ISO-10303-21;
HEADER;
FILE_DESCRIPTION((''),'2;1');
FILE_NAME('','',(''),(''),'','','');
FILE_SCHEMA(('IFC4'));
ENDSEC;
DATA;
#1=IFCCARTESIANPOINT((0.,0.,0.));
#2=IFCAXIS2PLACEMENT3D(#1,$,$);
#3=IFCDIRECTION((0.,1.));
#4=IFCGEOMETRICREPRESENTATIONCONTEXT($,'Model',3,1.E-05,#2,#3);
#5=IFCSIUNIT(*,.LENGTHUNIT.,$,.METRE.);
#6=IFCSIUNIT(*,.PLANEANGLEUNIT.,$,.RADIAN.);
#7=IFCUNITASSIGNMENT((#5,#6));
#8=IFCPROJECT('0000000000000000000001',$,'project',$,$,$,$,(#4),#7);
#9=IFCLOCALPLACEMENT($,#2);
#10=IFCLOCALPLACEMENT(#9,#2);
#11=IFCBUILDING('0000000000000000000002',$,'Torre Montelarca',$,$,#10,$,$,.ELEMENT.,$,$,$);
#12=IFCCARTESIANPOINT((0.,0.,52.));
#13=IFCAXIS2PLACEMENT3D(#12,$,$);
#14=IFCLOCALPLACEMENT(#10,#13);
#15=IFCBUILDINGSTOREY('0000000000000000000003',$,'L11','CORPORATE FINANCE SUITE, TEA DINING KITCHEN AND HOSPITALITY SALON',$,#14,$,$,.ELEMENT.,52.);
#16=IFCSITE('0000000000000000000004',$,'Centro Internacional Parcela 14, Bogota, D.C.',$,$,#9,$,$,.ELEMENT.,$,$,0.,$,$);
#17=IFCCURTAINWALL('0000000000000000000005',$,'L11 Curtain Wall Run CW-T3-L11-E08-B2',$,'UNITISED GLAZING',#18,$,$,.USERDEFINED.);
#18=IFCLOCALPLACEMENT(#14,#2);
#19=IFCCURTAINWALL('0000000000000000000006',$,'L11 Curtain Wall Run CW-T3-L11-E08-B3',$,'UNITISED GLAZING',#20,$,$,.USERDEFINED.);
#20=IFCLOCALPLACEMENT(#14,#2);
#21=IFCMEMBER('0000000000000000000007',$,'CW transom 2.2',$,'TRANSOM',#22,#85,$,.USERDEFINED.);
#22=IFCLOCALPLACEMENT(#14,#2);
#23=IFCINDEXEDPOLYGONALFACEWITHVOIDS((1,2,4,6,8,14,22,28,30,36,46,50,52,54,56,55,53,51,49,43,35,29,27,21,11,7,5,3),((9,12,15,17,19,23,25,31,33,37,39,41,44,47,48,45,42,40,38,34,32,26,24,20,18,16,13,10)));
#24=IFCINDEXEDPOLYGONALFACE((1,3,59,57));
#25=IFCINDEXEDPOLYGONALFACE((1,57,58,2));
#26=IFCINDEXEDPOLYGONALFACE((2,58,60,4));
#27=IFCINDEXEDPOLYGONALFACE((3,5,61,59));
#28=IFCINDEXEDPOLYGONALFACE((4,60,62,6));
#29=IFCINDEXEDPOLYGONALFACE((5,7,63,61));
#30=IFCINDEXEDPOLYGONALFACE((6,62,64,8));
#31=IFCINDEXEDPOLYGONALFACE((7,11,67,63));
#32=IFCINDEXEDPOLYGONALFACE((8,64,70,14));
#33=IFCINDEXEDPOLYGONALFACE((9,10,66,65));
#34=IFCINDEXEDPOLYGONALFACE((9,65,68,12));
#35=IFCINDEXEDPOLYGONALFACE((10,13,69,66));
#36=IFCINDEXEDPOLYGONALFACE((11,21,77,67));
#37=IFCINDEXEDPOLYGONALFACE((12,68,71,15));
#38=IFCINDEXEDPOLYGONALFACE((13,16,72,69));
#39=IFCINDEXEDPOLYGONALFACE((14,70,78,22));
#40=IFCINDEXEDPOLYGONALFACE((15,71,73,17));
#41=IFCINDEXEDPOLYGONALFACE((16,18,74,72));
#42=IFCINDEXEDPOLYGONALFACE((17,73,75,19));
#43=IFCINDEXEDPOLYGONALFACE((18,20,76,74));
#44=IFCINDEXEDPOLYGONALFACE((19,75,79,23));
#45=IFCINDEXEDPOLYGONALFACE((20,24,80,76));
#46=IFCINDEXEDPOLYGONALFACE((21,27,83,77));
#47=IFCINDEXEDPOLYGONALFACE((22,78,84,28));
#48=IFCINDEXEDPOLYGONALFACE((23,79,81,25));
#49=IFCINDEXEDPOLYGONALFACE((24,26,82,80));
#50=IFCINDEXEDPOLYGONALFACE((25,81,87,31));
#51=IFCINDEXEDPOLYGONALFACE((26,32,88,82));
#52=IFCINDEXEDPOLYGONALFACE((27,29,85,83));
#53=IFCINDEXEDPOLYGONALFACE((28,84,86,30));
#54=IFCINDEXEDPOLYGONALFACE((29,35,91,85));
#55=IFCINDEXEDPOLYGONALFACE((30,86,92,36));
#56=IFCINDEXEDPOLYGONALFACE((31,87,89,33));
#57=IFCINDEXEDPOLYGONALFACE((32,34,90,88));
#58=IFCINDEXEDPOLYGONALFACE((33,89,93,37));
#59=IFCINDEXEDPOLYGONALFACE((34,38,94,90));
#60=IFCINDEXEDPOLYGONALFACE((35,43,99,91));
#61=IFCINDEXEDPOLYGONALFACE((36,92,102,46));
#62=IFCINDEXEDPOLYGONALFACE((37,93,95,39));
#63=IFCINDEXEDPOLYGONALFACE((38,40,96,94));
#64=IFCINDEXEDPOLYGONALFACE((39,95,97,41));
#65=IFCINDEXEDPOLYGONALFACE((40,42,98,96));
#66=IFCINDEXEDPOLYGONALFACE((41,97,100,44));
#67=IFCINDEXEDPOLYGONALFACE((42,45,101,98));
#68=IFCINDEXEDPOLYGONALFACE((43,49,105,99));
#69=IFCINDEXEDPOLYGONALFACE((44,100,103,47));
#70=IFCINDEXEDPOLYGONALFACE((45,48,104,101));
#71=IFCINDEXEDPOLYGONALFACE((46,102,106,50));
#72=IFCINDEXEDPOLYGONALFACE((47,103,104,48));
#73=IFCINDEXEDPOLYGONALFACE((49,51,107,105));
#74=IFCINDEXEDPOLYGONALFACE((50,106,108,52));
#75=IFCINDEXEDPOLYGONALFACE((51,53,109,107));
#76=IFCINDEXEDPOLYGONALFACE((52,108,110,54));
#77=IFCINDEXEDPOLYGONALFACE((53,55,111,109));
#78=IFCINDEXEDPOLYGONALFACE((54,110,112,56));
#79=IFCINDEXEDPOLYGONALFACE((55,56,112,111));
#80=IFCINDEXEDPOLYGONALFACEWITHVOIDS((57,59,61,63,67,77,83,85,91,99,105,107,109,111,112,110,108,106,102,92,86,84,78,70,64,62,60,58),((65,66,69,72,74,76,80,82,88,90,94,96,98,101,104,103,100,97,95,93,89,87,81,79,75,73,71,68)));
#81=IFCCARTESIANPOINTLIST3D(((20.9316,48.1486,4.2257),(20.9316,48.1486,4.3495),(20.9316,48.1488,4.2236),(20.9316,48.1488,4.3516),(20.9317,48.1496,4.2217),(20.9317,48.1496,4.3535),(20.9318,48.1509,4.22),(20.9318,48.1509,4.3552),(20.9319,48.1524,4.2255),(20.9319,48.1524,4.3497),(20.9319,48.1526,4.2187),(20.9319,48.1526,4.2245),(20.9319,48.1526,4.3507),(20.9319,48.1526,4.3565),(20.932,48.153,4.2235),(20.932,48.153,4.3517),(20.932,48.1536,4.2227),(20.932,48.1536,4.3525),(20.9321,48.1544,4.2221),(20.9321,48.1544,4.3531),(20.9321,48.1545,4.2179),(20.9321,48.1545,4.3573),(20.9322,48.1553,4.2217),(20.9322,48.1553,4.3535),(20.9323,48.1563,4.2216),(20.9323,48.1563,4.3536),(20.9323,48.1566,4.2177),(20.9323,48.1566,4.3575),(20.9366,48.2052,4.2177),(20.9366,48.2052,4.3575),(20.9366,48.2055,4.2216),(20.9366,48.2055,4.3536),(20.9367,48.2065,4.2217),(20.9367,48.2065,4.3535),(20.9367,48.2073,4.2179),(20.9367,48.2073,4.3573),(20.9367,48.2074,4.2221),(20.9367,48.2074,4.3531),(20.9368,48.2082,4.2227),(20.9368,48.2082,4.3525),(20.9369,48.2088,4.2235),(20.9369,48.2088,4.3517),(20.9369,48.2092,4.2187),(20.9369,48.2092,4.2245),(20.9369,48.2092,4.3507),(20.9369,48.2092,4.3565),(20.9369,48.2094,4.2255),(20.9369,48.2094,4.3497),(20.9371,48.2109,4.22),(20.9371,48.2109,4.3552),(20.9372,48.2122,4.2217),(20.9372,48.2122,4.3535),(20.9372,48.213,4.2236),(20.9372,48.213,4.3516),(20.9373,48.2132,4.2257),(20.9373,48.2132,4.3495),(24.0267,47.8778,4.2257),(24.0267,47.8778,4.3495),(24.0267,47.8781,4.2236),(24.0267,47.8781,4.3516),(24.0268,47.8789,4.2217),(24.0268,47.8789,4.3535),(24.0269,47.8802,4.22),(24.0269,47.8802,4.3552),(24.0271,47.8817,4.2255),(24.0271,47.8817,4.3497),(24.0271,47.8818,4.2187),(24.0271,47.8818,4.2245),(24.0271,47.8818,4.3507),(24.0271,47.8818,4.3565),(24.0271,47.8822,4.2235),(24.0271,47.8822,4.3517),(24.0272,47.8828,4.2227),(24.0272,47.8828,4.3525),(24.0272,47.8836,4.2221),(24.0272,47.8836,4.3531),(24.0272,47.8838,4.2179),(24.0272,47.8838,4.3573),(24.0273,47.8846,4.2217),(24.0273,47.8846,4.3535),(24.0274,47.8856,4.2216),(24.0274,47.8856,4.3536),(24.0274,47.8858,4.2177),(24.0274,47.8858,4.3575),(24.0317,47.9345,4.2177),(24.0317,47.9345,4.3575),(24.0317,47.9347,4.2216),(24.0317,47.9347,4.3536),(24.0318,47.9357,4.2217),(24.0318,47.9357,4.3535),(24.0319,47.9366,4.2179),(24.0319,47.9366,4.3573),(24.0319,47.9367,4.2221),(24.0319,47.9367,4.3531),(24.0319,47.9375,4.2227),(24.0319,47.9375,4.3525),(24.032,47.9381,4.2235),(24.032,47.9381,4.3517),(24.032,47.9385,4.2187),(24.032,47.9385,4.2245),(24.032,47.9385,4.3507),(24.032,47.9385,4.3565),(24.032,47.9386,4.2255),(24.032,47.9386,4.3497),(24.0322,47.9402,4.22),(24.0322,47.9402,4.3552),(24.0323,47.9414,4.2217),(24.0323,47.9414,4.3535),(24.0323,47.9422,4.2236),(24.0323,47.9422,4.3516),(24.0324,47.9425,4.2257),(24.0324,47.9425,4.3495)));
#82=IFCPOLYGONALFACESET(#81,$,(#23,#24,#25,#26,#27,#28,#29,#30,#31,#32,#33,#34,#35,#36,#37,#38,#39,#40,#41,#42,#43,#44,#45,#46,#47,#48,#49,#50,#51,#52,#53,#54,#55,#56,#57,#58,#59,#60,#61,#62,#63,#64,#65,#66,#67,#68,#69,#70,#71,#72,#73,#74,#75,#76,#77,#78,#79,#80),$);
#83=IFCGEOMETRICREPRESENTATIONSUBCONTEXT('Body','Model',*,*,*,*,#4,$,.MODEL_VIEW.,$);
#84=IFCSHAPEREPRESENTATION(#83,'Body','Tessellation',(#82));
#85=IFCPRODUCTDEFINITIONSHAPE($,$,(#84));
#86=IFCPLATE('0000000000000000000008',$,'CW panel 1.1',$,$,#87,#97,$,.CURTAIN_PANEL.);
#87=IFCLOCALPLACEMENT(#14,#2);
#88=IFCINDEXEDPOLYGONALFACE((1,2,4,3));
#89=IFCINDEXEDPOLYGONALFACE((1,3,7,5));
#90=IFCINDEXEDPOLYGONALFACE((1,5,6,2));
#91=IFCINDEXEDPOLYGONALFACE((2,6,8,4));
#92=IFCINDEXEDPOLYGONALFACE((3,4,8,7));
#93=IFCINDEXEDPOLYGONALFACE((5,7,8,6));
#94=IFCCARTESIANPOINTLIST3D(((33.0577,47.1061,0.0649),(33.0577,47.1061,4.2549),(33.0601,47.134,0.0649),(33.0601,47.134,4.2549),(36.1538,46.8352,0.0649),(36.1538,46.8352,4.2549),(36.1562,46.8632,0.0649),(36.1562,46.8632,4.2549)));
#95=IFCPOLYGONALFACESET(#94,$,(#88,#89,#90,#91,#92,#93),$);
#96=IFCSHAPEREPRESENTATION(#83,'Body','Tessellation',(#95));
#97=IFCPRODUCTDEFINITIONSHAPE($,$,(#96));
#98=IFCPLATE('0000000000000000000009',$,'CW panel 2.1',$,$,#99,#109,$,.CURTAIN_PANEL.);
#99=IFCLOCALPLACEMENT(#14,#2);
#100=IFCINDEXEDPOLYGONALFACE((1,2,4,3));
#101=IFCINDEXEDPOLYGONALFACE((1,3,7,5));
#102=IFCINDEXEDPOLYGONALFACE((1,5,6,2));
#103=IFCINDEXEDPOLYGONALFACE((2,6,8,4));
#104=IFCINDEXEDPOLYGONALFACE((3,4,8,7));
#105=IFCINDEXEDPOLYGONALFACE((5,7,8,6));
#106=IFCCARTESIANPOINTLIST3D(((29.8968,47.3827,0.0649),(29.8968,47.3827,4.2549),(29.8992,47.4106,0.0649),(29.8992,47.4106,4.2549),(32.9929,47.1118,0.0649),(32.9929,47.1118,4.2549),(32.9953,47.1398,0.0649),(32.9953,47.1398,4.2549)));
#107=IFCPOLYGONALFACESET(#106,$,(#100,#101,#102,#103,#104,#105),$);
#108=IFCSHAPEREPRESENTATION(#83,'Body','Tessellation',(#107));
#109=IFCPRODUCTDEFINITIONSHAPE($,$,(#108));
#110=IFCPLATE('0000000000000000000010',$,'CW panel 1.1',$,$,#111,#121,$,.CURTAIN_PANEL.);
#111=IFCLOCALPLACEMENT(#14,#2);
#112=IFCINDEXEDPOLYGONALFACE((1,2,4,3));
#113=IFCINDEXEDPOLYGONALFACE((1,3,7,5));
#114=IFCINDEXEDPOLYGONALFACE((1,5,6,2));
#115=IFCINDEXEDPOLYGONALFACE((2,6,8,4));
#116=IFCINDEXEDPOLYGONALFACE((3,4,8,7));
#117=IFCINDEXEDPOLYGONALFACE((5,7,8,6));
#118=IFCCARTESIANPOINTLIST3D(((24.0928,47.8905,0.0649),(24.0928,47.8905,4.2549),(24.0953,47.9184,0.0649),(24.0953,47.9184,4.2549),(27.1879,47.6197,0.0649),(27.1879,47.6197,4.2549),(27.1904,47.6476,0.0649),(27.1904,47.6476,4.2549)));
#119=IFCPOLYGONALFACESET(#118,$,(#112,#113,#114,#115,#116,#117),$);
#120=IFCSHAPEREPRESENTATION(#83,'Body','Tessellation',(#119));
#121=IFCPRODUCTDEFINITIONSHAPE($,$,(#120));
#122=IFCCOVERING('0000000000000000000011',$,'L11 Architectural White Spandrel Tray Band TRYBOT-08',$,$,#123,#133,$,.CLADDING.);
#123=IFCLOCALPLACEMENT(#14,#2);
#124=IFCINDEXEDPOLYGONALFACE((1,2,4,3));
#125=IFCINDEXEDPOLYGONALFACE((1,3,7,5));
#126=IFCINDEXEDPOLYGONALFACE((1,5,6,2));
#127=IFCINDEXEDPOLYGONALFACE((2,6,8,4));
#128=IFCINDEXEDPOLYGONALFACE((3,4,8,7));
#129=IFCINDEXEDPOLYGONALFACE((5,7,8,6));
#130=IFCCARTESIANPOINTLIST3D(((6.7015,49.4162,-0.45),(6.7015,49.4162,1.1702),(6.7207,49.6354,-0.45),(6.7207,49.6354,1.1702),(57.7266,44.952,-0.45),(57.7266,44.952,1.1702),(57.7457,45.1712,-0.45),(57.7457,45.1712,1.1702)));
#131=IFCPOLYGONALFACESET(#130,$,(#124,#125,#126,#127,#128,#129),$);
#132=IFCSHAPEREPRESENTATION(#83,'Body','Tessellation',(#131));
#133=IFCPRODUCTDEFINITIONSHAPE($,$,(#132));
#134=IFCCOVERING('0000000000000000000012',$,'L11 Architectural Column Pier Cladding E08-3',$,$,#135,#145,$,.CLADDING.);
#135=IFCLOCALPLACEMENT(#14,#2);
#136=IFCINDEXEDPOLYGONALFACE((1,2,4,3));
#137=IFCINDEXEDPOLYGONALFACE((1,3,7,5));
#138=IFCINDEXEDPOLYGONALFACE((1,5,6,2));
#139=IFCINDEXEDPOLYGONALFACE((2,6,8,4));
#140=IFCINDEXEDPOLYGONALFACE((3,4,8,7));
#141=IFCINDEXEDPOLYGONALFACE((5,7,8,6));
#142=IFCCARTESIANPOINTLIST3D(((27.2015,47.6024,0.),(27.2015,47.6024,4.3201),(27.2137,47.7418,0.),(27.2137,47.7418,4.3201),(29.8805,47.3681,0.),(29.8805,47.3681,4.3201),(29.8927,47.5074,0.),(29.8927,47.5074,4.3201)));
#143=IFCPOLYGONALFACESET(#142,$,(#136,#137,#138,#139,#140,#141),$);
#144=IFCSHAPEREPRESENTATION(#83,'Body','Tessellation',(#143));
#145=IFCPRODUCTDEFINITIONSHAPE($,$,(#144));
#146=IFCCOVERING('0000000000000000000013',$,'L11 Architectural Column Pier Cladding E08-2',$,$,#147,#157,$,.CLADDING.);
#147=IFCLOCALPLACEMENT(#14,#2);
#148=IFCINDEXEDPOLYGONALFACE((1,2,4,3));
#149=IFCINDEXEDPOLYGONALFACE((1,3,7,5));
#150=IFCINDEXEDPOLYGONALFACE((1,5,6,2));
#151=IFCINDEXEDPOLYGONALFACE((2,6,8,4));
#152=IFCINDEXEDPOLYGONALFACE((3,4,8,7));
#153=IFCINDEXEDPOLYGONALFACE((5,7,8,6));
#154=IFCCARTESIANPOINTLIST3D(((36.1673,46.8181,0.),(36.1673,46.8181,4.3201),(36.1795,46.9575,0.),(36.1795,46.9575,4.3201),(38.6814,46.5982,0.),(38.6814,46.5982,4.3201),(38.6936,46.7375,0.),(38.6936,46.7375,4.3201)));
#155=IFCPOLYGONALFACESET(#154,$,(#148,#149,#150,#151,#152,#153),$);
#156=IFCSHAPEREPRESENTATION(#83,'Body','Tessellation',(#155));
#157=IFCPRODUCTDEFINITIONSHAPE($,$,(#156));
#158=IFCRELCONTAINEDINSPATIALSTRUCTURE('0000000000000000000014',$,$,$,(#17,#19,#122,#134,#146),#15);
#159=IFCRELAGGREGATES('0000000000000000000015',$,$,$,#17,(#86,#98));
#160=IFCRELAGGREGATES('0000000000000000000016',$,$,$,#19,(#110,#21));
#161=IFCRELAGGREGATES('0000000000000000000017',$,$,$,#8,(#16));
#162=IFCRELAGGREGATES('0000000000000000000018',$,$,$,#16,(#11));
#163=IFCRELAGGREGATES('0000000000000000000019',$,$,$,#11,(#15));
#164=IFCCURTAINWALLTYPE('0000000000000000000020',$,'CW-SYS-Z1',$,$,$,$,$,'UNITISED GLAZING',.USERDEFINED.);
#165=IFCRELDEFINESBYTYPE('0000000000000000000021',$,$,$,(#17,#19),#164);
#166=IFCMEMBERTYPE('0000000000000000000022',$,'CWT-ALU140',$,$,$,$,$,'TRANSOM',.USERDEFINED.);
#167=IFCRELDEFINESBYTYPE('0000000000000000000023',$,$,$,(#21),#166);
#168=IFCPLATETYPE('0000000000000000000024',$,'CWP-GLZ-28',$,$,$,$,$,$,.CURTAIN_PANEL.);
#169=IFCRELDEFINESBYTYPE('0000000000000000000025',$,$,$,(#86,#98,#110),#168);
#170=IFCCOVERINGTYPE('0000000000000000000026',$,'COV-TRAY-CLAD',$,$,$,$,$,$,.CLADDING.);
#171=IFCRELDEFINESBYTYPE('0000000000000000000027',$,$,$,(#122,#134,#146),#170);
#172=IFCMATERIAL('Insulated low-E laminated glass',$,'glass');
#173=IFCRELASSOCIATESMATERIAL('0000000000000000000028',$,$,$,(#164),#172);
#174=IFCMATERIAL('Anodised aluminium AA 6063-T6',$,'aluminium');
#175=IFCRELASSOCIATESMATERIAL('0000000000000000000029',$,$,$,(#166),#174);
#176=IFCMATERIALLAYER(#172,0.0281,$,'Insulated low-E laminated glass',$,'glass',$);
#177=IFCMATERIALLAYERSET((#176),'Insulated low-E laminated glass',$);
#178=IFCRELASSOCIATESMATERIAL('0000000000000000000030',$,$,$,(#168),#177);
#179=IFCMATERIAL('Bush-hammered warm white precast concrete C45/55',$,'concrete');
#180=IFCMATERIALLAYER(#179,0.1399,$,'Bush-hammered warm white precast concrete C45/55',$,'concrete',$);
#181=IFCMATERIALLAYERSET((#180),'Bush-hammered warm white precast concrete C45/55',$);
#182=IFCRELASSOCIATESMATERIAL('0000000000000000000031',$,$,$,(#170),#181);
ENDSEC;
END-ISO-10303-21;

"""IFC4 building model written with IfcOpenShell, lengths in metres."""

from ifc_helpers import new_model, si_unit, direction, frame, origin, origin_2d, place, context, subcontext, project, spatial, rectangle, hollow_rectangle, extrude, source, transform, mapped, material, layer, layer_set, material_profile, profile_set, type_object, element, aggregate, save


model = new_model("IFC4")

# Units and contexts
model_context = context("Model", 3, precision=1e-05, world=origin(), true_north=direction((0.0, 1.0)))
body_context = subcontext(model_context, "Body", "Model", "MODEL_VIEW")
ifc_project = project(units=[si_unit("LENGTHUNIT", "METRE"), si_unit("PLANEANGLEUNIT", "RADIAN")], contexts=[model_context])

# Site, building, storey
site_placement = place(None, origin())
site = spatial("IfcSite", under=ifc_project, at=site_placement, Name="Centro Internacional Parcela 14, Bogota, D.C.", CompositionType="ELEMENT", RefElevation=0.0)
building_placement = place(site_placement, origin())
building = spatial("IfcBuilding", under=site, at=building_placement, Name="Torre Montelarca", CompositionType="ELEMENT")
storey_placement = place(building_placement, frame((0.0, 0.0, 52.0)))
storey = spatial("IfcBuildingStorey", under=building, at=storey_placement, Name="L11", Description="CORPORATE FINANCE SUITE, TEA DINING KITCHEN AND HOSPITALITY SALON", CompositionType="ELEMENT", Elevation=52.0)

# Curtain walls
ifc_material_1 = material(Name="Insulated low-E laminated glass", Category="glass")
curtain_wall_type = type_object("IfcCurtainWallType", Name="CW-SYS-Z1", ElementType="UNITISED GLAZING", PredefinedType="USERDEFINED", material=ifc_material_1)
curtain_wall_1_placement = place(storey_placement, origin())
curtain_wall_1 = element("IfcCurtainWall", 1, at=curtain_wall_1_placement, inside=storey, type_object=curtain_wall_type, Name="L11 Curtain Wall Run CW-T3-L11-E08-B2", ObjectType="UNITISED GLAZING", PredefinedType="USERDEFINED")
ifc_material_2 = material(Name="Anodised aluminium AA 6063-T6", Category="aluminium")
curtain_wall_2_placement = place(storey_placement, origin())
curtain_wall_2 = element("IfcCurtainWall", 2, at=curtain_wall_2_placement, inside=storey, type_object=curtain_wall_type, Name="L11 Curtain Wall Run CW-T3-L11-E08-B3", ObjectType="UNITISED GLAZING", PredefinedType="USERDEFINED")

# Member
ifc_material_profile_1 = material_profile(ifc_material_2, hollow_rectangle(XDim=0.0649, YDim=0.1399, WallThickness=0.0039, InnerFilletRadius=0.0039, OuterFilletRadius=0.0081, at=origin_2d()), Name="ALU65X140X4", Category="aluminium")
ifc_profile_set_1 = profile_set([ifc_material_profile_1], Name="Anodised aluminium AA 6063-T6")
member_type_1 = type_object("IfcMemberType", Name="CWT-ALU140", ElementType="TRANSOM", PredefinedType="USERDEFINED", material=ifc_profile_set_1)
shared_shape_1 = source(origin(), body_context, "Body", "SweptSolid", [
    extrude(hollow_rectangle(XDim=0.0649, YDim=0.1399, WallThickness=0.0039, InnerFilletRadius=0.0039, OuterFilletRadius=0.0081, at=origin_2d()), origin(), (0.0, 0.0, 1.0), 3.1069),
])
member_1_placement = place(storey_placement, frame((24.0295, 47.9102, 4.2876), z_axis=(-0.996196, 0.087142, 0.0), x_axis=(-0.087142, -0.996196, 0.0)))
member_1 = element("IfcMember", 3, at=member_1_placement, type_object=member_type_1, Name="CW transom 2.2", ObjectType="TRANSOM", PredefinedType="USERDEFINED", context=body_context, shape_type="MappedRepresentation", body=[
    mapped(shared_shape_1, transform((0.0, 0.0, 0.0), scale=1.0)),
])

# Plates
ifc_layer_1 = layer(ifc_material_1, 0.0281, Name="Insulated low-E laminated glass", Category="glass")
ifc_layer_set_1 = layer_set([ifc_layer_1], Name="Insulated low-E laminated glass")
plate_type = type_object("IfcPlateType", Name="CWP-GLZ-28", PredefinedType="CURTAIN_PANEL", material=ifc_layer_set_1)
shared_shape_2 = source(origin(), body_context, "Body", "SweptSolid", [
    extrude(rectangle(XDim=3.1079, YDim=0.0281, at=origin_2d()), origin(), (0.0, 0.0, 1.0), 4.1899),
])
plate_1_placement = place(storey_placement, frame((34.6069, 46.9846, 0.0649), z_axis=(0.0, 0.0, 1.0), x_axis=(-0.996195, 0.08715, 0.0)))
plate_1 = element("IfcPlate", 4, at=plate_1_placement, type_object=plate_type, Name="CW panel 1.1", PredefinedType="CURTAIN_PANEL", context=body_context, shape_type="MappedRepresentation", body=[
    mapped(shared_shape_2, transform((0.0, 0.0, 0.0), scale=1.0)),
])
plate_2_placement = place(storey_placement, frame((31.446, 47.2612, 0.0649), z_axis=(0.0, 0.0, 1.0), x_axis=(-0.996195, 0.08715, 0.0)))
plate_2 = element("IfcPlate", 5, at=plate_2_placement, type_object=plate_type, Name="CW panel 2.1", PredefinedType="CURTAIN_PANEL", context=body_context, shape_type="MappedRepresentation", body=[
    mapped(shared_shape_2, transform((0.0, 0.0, 0.0), scale=1.0)),
])
aggregate(curtain_wall_1, [plate_1, plate_2])
shared_shape_3 = source(origin(), body_context, "Body", "SweptSolid", [
    extrude(rectangle(XDim=3.1069, YDim=0.0281, at=origin_2d()), origin(), (0.0, 0.0, 1.0), 4.1899),
])
plate_3_placement = place(storey_placement, frame((25.6416, 47.769, 0.0649), z_axis=(0.0, 0.0, 1.0), x_axis=(-0.996194, 0.087162, 0.0)))
plate_3 = element("IfcPlate", 6, at=plate_3_placement, type_object=plate_type, Name="CW panel 1.1", PredefinedType="CURTAIN_PANEL", context=body_context, shape_type="MappedRepresentation", body=[
    mapped(shared_shape_3, transform((0.0, 0.0, 0.0), scale=1.0)),
])
aggregate(curtain_wall_2, [plate_3, member_1])

# Coverings
ifc_material_3 = material(Name="Bush-hammered warm white precast concrete C45/55", Category="concrete")
ifc_layer_2 = layer(ifc_material_3, 0.1399, Name="Bush-hammered warm white precast concrete C45/55", Category="concrete")
ifc_layer_set_2 = layer_set([ifc_layer_2], Name="Bush-hammered warm white precast concrete C45/55")
covering_type = type_object("IfcCoveringType", Name="COV-TRAY-CLAD", PredefinedType="CLADDING", material=ifc_layer_set_2)
shared_shape_4 = source(origin(), body_context, "Body", "SweptSolid", [
    extrude(rectangle(XDim=51.22, YDim=0.22, at=origin_2d()), origin(), (0.0, 0.0, 1.0), 1.6201),
])
covering_1_placement = place(storey_placement, frame((32.2236, 47.2937, -0.45), z_axis=(0.0, 0.0, 1.0), x_axis=(-0.996195, 0.087157, 0.0)))
element("IfcCovering", 7, at=covering_1_placement, inside=storey, type_object=covering_type, Name="L11 Architectural White Spandrel Tray Band TRYBOT-08", PredefinedType="CLADDING", context=body_context, shape_type="MappedRepresentation", body=[
    mapped(shared_shape_4, transform((0.0, 0.0, 0.0), scale=1.0)),
])
shared_shape_5 = source(origin(), body_context, "Body", "SweptSolid", [
    extrude(rectangle(XDim=2.6892, YDim=0.1399, at=origin_2d()), origin(), (0.0, 0.0, 1.0), 4.3201),
])
covering_2_placement = place(storey_placement, frame((28.5471, 47.5549, 0.0), z_axis=(0.0, 0.0, 1.0), x_axis=(-0.996195, 0.087157, 0.0)))
element("IfcCovering", 8, at=covering_2_placement, inside=storey, type_object=covering_type, Name="L11 Architectural Column Pier Cladding E08-3", PredefinedType="CLADDING", context=body_context, shape_type="MappedRepresentation", body=[
    mapped(shared_shape_5, transform((0.0, 0.0, 0.0), scale=1.0)),
])
shared_shape_6 = source(origin(), body_context, "Body", "SweptSolid", [
    extrude(rectangle(XDim=2.5237, YDim=0.1399, at=origin_2d()), origin(), (0.0, 0.0, 1.0), 4.3201),
])
covering_3_placement = place(storey_placement, frame((37.4304, 46.7778, 0.0), z_axis=(0.0, 0.0, 1.0), x_axis=(-0.996195, 0.087157, 0.0)))
element("IfcCovering", 9, at=covering_3_placement, inside=storey, type_object=covering_type, Name="L11 Architectural Column Pier Cladding E08-2", PredefinedType="CLADDING", context=body_context, shape_type="MappedRepresentation", body=[
    mapped(shared_shape_6, transform((0.0, 0.0, 0.0), scale=1.0)),
])

save(model, "model.ifc")
